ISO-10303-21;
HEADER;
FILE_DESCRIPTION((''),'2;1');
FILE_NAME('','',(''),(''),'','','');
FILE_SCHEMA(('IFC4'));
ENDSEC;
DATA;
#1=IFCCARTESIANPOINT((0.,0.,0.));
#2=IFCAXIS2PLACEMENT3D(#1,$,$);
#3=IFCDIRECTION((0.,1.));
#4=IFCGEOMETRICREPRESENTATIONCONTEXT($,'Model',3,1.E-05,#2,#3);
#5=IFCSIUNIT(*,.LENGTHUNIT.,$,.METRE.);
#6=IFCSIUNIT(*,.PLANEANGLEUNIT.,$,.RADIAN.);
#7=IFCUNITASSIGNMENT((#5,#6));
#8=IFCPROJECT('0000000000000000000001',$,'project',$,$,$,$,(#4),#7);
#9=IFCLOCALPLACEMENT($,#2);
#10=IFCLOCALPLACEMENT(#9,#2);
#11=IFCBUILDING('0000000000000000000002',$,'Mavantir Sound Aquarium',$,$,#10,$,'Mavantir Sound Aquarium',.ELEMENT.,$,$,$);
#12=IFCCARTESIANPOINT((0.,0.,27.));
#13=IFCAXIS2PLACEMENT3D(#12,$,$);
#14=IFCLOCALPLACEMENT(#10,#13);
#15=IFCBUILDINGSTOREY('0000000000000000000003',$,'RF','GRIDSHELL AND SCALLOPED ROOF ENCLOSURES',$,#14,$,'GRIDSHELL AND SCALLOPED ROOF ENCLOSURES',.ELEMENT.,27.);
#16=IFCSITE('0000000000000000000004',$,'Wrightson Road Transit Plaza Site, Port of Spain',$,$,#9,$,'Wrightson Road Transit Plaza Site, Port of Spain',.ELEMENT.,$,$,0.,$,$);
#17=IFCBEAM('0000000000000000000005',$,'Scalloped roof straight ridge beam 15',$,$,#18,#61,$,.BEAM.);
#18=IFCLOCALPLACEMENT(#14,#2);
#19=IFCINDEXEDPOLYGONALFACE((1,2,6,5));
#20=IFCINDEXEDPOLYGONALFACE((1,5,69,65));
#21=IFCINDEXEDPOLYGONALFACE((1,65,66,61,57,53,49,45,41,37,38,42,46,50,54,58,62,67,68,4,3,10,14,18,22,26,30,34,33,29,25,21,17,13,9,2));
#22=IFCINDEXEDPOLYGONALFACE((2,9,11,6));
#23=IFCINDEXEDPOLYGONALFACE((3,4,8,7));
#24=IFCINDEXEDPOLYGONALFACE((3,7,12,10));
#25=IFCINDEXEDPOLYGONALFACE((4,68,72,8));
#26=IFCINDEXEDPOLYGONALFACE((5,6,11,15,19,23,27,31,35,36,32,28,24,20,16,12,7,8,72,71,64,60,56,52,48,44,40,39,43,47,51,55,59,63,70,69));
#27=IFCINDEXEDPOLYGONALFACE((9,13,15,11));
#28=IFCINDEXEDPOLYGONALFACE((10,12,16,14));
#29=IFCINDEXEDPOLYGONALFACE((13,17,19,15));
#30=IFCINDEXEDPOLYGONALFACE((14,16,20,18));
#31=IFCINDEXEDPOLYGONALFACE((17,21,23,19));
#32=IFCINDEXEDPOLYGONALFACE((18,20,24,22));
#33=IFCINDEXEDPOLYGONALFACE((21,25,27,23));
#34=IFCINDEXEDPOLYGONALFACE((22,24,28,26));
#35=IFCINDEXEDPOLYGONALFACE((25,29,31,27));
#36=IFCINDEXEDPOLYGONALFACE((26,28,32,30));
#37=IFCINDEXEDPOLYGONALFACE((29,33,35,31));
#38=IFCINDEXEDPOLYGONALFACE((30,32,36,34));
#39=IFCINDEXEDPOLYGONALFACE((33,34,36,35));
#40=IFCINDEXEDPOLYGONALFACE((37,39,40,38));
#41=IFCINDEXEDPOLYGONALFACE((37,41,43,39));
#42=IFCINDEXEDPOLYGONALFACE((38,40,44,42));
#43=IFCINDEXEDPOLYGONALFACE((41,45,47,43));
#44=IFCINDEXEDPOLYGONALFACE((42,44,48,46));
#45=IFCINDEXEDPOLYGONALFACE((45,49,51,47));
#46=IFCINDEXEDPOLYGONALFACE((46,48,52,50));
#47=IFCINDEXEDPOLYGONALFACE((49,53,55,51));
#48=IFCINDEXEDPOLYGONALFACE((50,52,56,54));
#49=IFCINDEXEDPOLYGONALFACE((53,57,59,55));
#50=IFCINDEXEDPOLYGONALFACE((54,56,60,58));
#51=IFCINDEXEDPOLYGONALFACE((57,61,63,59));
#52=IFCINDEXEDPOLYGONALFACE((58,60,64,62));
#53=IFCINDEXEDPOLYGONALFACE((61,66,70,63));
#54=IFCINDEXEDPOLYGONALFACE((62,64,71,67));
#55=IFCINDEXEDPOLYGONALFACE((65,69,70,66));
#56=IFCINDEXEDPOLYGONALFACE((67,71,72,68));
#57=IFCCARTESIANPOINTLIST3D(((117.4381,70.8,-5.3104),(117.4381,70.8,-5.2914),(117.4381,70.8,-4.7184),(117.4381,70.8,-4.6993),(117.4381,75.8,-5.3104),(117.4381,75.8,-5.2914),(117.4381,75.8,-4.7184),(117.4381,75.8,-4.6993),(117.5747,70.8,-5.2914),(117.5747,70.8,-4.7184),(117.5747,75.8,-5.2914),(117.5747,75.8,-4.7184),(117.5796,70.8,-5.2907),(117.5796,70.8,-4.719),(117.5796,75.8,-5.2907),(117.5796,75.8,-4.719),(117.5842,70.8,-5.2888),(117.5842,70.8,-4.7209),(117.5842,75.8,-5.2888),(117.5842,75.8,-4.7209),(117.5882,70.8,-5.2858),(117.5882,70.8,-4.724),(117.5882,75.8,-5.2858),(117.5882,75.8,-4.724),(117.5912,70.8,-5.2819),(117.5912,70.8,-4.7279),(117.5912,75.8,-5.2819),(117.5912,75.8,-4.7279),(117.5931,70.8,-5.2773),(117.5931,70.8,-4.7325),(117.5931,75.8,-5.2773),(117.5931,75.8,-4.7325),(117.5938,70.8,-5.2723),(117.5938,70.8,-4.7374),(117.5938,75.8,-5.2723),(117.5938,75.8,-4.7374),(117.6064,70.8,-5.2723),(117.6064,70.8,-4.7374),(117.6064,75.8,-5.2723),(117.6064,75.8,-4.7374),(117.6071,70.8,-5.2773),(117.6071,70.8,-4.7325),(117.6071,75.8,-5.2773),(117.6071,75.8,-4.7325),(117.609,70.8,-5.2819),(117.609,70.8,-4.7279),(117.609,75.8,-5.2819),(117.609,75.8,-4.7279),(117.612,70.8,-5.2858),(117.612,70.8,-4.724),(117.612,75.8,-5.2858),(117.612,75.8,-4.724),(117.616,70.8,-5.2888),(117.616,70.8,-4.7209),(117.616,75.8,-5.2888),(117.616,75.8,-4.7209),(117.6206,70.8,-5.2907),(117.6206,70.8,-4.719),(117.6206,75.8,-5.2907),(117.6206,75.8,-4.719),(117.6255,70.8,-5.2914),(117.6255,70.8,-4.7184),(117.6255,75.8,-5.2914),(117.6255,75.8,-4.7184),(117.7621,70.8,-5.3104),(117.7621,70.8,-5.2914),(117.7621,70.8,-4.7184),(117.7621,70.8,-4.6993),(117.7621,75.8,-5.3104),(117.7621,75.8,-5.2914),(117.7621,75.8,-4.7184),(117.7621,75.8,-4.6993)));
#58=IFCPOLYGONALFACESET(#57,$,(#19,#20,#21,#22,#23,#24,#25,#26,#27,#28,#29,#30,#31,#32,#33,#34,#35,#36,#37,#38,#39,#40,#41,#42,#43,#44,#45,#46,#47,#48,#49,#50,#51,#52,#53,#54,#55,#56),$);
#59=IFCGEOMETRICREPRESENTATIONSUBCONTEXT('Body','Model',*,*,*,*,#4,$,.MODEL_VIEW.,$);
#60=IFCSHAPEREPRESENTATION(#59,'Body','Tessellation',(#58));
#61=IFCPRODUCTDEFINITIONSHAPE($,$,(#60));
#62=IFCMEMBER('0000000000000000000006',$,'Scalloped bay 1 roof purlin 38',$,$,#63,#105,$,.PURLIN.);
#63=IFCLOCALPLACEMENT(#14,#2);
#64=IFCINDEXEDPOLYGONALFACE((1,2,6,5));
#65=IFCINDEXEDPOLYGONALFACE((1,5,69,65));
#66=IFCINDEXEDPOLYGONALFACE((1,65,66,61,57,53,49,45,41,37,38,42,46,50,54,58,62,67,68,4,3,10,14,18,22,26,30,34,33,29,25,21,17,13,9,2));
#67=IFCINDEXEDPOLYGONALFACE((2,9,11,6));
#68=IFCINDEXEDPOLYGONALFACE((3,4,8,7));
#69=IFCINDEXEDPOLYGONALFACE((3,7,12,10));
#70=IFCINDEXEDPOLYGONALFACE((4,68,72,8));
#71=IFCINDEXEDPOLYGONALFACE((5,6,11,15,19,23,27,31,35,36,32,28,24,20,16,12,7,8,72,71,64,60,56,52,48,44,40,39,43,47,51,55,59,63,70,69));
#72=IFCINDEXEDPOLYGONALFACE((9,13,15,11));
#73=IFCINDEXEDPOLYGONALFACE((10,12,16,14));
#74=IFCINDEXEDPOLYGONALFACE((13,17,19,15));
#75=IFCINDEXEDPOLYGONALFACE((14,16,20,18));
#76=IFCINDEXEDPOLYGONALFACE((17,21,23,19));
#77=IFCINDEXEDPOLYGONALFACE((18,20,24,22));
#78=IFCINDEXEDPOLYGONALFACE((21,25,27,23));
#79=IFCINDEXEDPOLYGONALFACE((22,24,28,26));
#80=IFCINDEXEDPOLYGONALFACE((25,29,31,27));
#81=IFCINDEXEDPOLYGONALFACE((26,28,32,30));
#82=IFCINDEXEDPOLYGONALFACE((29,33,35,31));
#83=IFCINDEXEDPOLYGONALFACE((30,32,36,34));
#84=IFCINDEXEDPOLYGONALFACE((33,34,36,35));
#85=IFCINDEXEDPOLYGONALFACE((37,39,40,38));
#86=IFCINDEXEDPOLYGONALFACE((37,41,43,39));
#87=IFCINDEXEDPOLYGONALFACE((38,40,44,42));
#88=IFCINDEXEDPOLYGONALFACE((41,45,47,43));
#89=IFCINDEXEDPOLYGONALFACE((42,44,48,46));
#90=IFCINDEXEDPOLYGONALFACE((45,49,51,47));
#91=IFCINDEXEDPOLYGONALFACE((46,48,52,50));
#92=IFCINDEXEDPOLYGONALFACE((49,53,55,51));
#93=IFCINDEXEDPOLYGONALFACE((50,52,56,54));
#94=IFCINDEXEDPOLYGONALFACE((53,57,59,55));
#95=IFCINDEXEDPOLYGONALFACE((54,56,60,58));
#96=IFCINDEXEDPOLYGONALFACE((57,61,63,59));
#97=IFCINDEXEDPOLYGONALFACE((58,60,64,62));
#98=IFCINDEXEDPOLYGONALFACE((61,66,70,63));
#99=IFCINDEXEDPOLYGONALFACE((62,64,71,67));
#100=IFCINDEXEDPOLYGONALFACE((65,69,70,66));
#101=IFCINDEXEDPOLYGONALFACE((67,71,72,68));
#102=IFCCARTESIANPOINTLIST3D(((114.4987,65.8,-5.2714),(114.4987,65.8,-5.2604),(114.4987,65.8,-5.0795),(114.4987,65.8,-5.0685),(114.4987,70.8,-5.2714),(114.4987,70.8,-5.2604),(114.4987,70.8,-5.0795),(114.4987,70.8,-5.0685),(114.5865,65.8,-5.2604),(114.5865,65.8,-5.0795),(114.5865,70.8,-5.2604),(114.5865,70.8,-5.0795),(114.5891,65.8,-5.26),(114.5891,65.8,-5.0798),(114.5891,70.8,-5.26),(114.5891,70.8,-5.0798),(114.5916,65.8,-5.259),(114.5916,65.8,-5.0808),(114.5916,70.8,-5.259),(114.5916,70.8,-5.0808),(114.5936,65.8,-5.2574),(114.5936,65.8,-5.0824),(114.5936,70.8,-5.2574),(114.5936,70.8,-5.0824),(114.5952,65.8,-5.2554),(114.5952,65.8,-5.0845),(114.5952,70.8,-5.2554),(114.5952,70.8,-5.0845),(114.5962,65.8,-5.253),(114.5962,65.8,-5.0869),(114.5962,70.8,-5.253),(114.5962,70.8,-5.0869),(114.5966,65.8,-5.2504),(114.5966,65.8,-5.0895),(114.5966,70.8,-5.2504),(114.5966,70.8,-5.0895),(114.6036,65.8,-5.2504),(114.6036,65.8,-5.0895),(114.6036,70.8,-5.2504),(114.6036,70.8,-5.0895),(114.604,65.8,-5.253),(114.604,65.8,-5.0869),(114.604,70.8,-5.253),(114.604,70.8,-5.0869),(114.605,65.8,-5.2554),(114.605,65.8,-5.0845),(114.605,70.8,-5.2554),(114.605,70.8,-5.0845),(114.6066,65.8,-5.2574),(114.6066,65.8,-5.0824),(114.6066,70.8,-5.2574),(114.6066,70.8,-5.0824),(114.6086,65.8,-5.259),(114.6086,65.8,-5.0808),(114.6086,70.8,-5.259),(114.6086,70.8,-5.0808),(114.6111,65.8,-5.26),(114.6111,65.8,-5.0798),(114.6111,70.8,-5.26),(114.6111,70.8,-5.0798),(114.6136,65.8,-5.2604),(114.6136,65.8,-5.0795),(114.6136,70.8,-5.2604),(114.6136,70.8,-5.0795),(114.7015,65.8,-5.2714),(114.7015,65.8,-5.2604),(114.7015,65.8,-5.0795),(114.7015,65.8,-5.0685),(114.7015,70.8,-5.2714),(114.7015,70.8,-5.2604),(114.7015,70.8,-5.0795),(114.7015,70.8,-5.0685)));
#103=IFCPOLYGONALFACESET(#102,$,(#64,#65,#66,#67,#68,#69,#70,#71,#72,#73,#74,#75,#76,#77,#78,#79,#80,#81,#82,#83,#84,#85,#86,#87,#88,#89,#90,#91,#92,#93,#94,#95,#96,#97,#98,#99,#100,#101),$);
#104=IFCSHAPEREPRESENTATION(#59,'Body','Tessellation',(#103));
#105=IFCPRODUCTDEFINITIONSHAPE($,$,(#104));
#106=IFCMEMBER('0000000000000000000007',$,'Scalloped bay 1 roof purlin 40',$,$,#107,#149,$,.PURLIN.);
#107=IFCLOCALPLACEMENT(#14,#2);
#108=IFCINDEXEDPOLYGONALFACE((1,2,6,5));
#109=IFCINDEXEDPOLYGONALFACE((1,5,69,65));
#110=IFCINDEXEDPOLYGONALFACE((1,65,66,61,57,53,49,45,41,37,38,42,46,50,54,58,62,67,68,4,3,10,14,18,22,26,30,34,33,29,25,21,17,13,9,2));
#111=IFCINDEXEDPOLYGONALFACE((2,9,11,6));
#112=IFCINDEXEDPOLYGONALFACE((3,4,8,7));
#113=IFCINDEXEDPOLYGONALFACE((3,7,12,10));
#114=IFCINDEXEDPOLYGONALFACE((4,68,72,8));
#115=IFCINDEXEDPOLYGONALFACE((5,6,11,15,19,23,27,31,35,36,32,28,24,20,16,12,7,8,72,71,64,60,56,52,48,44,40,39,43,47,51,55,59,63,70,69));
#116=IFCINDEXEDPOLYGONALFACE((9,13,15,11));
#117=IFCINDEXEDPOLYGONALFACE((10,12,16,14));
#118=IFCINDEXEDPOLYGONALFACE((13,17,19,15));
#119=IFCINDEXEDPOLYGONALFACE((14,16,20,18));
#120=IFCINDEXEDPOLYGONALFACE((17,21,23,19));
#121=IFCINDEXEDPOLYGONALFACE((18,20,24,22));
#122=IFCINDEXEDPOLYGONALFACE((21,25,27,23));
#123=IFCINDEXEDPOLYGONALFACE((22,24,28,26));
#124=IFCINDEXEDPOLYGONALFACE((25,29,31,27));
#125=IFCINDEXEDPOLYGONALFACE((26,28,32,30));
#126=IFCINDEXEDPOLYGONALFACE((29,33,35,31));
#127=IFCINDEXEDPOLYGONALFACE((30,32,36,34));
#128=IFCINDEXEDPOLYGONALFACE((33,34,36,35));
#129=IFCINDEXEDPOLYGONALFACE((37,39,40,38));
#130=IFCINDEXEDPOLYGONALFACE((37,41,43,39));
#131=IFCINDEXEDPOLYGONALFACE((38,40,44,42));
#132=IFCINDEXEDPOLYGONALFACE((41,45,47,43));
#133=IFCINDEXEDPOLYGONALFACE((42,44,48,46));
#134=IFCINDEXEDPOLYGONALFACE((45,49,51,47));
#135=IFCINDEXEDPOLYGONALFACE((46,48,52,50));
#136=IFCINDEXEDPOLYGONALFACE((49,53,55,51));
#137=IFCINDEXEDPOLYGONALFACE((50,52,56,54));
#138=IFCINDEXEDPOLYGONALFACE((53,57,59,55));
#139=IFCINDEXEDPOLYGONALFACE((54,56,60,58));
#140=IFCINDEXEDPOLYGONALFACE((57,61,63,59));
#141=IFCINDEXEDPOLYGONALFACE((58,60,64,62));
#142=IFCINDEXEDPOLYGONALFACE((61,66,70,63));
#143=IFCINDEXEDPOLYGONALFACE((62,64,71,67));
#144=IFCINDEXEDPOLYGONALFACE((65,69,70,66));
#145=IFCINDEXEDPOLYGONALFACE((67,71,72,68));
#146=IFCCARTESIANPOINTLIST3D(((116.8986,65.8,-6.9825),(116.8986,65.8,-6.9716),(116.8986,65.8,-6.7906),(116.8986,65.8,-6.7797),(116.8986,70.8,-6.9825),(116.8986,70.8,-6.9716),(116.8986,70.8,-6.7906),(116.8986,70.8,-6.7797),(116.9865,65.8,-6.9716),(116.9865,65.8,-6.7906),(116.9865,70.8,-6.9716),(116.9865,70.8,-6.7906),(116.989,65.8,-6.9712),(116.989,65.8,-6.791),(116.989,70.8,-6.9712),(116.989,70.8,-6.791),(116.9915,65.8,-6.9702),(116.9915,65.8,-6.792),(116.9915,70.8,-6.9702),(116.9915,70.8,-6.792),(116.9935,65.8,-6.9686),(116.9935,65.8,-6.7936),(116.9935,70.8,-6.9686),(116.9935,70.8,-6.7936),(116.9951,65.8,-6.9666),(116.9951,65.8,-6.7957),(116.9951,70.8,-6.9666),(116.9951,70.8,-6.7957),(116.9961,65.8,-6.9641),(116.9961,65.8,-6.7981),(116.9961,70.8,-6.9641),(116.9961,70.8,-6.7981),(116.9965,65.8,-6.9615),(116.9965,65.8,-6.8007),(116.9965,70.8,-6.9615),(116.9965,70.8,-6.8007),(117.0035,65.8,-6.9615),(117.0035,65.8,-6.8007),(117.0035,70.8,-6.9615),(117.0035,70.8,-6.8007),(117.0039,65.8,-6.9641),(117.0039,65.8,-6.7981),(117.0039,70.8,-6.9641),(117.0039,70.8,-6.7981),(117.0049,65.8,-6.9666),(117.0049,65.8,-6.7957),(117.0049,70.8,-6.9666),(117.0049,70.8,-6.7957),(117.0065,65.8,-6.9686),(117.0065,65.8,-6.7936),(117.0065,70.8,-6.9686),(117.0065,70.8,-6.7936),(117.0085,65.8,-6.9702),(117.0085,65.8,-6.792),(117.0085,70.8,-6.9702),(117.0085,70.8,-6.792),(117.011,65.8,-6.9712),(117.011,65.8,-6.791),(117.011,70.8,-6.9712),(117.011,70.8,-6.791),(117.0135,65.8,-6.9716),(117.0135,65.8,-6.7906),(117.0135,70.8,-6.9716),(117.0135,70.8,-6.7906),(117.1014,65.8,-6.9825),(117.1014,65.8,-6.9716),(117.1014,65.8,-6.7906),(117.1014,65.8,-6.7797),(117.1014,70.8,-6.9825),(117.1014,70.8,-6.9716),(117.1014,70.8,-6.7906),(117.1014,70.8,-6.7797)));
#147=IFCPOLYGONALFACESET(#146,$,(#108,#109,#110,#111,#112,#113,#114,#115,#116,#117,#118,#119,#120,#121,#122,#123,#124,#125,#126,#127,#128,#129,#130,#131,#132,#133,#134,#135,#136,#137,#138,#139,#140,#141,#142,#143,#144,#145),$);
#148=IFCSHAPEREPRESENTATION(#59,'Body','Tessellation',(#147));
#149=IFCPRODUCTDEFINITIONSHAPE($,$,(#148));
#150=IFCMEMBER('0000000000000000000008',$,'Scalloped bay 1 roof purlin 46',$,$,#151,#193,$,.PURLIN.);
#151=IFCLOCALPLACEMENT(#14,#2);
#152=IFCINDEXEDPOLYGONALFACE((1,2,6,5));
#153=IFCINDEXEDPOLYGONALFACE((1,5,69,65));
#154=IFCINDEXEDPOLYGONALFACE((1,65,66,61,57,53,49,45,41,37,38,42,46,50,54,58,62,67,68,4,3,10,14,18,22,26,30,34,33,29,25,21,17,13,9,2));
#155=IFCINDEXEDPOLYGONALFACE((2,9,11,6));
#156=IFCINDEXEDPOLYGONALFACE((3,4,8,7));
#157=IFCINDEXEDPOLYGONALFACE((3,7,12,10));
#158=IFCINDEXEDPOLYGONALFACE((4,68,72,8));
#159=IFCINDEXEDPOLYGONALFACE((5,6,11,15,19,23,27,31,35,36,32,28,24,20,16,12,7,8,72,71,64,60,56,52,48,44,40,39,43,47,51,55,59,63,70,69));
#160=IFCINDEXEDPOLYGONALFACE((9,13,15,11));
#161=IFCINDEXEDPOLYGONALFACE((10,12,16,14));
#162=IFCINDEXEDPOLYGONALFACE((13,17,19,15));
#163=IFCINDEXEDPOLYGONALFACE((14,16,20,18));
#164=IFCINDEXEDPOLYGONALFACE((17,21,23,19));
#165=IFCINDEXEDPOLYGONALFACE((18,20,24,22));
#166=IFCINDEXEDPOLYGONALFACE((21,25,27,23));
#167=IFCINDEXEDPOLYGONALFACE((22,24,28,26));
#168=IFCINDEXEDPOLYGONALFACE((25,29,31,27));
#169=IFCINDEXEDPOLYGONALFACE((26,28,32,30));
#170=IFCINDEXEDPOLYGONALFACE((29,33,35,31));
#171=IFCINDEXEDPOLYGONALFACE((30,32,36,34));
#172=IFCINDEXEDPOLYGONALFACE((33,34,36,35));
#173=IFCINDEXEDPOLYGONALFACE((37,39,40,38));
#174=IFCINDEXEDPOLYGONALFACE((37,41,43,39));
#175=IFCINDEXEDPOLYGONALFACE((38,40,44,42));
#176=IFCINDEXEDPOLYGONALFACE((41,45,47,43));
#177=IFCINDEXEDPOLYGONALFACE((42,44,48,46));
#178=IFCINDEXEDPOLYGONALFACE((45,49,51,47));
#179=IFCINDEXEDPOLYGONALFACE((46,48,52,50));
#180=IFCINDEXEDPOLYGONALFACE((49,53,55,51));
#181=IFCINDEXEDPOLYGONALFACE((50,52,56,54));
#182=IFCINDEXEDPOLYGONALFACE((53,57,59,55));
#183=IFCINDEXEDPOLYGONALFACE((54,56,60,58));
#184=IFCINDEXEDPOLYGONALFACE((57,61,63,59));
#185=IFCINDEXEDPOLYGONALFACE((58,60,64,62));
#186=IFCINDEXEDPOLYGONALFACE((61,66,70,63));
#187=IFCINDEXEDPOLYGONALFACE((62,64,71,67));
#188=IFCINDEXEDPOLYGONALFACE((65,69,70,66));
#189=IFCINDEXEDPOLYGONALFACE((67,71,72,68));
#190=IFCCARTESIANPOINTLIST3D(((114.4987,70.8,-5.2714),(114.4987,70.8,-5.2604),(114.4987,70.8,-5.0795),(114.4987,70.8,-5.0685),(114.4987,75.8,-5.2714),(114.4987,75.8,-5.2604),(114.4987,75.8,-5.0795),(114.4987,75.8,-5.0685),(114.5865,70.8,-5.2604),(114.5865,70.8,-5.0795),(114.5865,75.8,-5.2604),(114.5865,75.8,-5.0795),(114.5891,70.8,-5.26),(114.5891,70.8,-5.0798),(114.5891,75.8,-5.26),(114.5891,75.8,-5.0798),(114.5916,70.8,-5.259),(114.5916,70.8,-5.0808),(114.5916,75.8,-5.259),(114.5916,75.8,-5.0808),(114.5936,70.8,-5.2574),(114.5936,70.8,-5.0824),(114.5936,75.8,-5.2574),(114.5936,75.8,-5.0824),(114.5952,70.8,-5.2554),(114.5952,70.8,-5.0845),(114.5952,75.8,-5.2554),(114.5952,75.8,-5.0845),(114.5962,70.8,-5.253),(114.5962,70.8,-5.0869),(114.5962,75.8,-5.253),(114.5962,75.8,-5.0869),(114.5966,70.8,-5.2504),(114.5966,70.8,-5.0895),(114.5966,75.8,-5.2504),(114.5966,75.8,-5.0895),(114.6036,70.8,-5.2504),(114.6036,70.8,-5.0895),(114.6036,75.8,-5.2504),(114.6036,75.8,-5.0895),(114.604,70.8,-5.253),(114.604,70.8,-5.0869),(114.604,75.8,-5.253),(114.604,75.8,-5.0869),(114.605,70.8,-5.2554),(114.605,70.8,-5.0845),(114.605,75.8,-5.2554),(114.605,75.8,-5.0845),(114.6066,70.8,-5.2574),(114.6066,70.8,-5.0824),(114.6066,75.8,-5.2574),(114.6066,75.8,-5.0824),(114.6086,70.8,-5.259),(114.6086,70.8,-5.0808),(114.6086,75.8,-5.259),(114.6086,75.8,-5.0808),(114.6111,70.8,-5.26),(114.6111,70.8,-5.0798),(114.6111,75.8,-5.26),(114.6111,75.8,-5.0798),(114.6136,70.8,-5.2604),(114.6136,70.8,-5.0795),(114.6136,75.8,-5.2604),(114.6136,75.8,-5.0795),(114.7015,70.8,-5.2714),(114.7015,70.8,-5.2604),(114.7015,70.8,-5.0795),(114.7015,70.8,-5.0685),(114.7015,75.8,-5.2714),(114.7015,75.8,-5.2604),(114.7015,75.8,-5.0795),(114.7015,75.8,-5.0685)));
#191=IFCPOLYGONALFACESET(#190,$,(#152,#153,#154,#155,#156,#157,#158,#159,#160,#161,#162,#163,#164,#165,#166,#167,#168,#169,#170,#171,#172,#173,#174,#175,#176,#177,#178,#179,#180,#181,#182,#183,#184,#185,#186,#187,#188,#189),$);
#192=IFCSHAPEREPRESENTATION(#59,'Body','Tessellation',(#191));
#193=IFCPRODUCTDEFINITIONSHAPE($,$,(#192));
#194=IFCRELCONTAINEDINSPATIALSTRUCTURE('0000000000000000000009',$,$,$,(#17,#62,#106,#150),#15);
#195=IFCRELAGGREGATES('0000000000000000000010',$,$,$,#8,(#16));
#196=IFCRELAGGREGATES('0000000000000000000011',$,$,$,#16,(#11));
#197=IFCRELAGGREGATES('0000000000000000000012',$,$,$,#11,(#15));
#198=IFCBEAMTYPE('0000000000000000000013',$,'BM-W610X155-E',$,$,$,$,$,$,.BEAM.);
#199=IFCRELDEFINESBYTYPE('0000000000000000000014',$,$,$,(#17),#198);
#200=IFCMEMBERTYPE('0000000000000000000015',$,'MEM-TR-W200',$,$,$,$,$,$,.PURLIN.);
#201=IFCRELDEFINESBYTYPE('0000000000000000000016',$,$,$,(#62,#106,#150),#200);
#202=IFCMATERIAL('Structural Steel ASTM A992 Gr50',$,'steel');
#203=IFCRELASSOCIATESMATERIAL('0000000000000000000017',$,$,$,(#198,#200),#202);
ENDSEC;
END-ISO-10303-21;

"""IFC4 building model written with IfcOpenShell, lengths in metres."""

from ifc_helpers import new_model, si_unit, direction, frame, origin, origin_2d, place, context, subcontext, project, spatial, i_section, extrude, material, material_profile, profile_set, type_object, element, save


model = new_model("IFC4")

# Units and contexts
model_context = context("Model", 3, precision=1e-05, world=origin(), true_north=direction((0.0, 1.0)))
body_context = subcontext(model_context, "Body", "Model", "MODEL_VIEW")
ifc_project = project(units=[si_unit("LENGTHUNIT", "METRE"), si_unit("PLANEANGLEUNIT", "RADIAN")], contexts=[model_context])

# Site, building, storey
site_placement = place(None, origin())
site = spatial("IfcSite", under=ifc_project, at=site_placement, Name="Wrightson Road Transit Plaza Site, Port of Spain", LongName="Wrightson Road Transit Plaza Site, Port of Spain", CompositionType="ELEMENT", RefElevation=0.0)
building_placement = place(site_placement, origin())
building = spatial("IfcBuilding", under=site, at=building_placement, Name="Mavantir Sound Aquarium", LongName="Mavantir Sound Aquarium", CompositionType="ELEMENT")
storey_placement = place(building_placement, frame((0.0, 0.0, 27.0)))
storey = spatial("IfcBuildingStorey", under=building, at=storey_placement, Name="RF", Description="GRIDSHELL AND SCALLOPED ROOF ENCLOSURES", LongName="GRIDSHELL AND SCALLOPED ROOF ENCLOSURES", CompositionType="ELEMENT", Elevation=27.0)

# Beam
ifc_material_1 = material(Name="Structural Steel ASTM A992 Gr50", Category="steel")
ifc_material_profile_1 = material_profile(ifc_material_1, i_section(OverallWidth=0.324, OverallDepth=0.6111, WebThickness=0.0127, FlangeThickness=0.019, FilletRadius=0.019, at=origin_2d()), Name="W610X155")
ifc_profile_set_1 = profile_set([ifc_material_profile_1], Name="Structural Steel ASTM A992 Gr50")
beam_type_1 = type_object("IfcBeamType", Name="BM-W610X155-E", PredefinedType="BEAM", material=ifc_profile_set_1)
for number, where, z_axis, x_axis, name in (
    (1, (117.6001, 70.8, -5.0049), (0.0, 1.0, 0.0), (-1.0, 0.0, 0.0), "Scalloped roof straight ridge beam 15"),
):
    element("IfcBeam", number, at=place(storey_placement, frame(where, z_axis=z_axis, x_axis=x_axis)), inside=storey, type_object=beam_type_1, Name=name, PredefinedType="BEAM", context=body_context, shape_type="SweptSolid", body=[
        extrude(i_section(OverallWidth=0.324, OverallDepth=0.6111, WebThickness=0.0127, FlangeThickness=0.019, FilletRadius=0.019, at=origin_2d()), origin(), (0.0, 0.0, 1.0), 5.0),
    ])

# Members
ifc_material_profile_2 = material_profile(ifc_material_1, i_section(OverallWidth=0.2029, OverallDepth=0.2029, WebThickness=0.0071, FlangeThickness=0.011, FilletRadius=0.01, at=origin_2d()), Name="W200X46")
ifc_profile_set_2 = profile_set([ifc_material_profile_2], Name="Structural Steel ASTM A992 Gr50")
member_type_1 = type_object("IfcMemberType", Name="MEM-TR-W200", PredefinedType="PURLIN", material=ifc_profile_set_2)
for number, where, z_axis, x_axis, name in (
    (2, (114.6001, 65.8, -5.1699), (0.0, 1.0, 0.0), (-1.0, 0.0, 0.0), "Scalloped bay 1 roof purlin 38"),
    (3, (117.0, 65.8, -6.8811), (0.0, 1.0, 0.0), (-1.0, 0.0, 0.0), "Scalloped bay 1 roof purlin 40"),
    (4, (114.6001, 70.8, -5.1699), (0.0, 1.0, 0.0), (-1.0, 0.0, 0.0), "Scalloped bay 1 roof purlin 46"),
):
    element("IfcMember", number, at=place(storey_placement, frame(where, z_axis=z_axis, x_axis=x_axis)), inside=storey, type_object=member_type_1, Name=name, PredefinedType="PURLIN", context=body_context, shape_type="SweptSolid", body=[
        extrude(i_section(OverallWidth=0.2029, OverallDepth=0.2029, WebThickness=0.0071, FlangeThickness=0.011, FilletRadius=0.01, at=origin_2d()), origin(), (0.0, 0.0, 1.0), 5.0),
    ])

save(model, "model.ifc")
